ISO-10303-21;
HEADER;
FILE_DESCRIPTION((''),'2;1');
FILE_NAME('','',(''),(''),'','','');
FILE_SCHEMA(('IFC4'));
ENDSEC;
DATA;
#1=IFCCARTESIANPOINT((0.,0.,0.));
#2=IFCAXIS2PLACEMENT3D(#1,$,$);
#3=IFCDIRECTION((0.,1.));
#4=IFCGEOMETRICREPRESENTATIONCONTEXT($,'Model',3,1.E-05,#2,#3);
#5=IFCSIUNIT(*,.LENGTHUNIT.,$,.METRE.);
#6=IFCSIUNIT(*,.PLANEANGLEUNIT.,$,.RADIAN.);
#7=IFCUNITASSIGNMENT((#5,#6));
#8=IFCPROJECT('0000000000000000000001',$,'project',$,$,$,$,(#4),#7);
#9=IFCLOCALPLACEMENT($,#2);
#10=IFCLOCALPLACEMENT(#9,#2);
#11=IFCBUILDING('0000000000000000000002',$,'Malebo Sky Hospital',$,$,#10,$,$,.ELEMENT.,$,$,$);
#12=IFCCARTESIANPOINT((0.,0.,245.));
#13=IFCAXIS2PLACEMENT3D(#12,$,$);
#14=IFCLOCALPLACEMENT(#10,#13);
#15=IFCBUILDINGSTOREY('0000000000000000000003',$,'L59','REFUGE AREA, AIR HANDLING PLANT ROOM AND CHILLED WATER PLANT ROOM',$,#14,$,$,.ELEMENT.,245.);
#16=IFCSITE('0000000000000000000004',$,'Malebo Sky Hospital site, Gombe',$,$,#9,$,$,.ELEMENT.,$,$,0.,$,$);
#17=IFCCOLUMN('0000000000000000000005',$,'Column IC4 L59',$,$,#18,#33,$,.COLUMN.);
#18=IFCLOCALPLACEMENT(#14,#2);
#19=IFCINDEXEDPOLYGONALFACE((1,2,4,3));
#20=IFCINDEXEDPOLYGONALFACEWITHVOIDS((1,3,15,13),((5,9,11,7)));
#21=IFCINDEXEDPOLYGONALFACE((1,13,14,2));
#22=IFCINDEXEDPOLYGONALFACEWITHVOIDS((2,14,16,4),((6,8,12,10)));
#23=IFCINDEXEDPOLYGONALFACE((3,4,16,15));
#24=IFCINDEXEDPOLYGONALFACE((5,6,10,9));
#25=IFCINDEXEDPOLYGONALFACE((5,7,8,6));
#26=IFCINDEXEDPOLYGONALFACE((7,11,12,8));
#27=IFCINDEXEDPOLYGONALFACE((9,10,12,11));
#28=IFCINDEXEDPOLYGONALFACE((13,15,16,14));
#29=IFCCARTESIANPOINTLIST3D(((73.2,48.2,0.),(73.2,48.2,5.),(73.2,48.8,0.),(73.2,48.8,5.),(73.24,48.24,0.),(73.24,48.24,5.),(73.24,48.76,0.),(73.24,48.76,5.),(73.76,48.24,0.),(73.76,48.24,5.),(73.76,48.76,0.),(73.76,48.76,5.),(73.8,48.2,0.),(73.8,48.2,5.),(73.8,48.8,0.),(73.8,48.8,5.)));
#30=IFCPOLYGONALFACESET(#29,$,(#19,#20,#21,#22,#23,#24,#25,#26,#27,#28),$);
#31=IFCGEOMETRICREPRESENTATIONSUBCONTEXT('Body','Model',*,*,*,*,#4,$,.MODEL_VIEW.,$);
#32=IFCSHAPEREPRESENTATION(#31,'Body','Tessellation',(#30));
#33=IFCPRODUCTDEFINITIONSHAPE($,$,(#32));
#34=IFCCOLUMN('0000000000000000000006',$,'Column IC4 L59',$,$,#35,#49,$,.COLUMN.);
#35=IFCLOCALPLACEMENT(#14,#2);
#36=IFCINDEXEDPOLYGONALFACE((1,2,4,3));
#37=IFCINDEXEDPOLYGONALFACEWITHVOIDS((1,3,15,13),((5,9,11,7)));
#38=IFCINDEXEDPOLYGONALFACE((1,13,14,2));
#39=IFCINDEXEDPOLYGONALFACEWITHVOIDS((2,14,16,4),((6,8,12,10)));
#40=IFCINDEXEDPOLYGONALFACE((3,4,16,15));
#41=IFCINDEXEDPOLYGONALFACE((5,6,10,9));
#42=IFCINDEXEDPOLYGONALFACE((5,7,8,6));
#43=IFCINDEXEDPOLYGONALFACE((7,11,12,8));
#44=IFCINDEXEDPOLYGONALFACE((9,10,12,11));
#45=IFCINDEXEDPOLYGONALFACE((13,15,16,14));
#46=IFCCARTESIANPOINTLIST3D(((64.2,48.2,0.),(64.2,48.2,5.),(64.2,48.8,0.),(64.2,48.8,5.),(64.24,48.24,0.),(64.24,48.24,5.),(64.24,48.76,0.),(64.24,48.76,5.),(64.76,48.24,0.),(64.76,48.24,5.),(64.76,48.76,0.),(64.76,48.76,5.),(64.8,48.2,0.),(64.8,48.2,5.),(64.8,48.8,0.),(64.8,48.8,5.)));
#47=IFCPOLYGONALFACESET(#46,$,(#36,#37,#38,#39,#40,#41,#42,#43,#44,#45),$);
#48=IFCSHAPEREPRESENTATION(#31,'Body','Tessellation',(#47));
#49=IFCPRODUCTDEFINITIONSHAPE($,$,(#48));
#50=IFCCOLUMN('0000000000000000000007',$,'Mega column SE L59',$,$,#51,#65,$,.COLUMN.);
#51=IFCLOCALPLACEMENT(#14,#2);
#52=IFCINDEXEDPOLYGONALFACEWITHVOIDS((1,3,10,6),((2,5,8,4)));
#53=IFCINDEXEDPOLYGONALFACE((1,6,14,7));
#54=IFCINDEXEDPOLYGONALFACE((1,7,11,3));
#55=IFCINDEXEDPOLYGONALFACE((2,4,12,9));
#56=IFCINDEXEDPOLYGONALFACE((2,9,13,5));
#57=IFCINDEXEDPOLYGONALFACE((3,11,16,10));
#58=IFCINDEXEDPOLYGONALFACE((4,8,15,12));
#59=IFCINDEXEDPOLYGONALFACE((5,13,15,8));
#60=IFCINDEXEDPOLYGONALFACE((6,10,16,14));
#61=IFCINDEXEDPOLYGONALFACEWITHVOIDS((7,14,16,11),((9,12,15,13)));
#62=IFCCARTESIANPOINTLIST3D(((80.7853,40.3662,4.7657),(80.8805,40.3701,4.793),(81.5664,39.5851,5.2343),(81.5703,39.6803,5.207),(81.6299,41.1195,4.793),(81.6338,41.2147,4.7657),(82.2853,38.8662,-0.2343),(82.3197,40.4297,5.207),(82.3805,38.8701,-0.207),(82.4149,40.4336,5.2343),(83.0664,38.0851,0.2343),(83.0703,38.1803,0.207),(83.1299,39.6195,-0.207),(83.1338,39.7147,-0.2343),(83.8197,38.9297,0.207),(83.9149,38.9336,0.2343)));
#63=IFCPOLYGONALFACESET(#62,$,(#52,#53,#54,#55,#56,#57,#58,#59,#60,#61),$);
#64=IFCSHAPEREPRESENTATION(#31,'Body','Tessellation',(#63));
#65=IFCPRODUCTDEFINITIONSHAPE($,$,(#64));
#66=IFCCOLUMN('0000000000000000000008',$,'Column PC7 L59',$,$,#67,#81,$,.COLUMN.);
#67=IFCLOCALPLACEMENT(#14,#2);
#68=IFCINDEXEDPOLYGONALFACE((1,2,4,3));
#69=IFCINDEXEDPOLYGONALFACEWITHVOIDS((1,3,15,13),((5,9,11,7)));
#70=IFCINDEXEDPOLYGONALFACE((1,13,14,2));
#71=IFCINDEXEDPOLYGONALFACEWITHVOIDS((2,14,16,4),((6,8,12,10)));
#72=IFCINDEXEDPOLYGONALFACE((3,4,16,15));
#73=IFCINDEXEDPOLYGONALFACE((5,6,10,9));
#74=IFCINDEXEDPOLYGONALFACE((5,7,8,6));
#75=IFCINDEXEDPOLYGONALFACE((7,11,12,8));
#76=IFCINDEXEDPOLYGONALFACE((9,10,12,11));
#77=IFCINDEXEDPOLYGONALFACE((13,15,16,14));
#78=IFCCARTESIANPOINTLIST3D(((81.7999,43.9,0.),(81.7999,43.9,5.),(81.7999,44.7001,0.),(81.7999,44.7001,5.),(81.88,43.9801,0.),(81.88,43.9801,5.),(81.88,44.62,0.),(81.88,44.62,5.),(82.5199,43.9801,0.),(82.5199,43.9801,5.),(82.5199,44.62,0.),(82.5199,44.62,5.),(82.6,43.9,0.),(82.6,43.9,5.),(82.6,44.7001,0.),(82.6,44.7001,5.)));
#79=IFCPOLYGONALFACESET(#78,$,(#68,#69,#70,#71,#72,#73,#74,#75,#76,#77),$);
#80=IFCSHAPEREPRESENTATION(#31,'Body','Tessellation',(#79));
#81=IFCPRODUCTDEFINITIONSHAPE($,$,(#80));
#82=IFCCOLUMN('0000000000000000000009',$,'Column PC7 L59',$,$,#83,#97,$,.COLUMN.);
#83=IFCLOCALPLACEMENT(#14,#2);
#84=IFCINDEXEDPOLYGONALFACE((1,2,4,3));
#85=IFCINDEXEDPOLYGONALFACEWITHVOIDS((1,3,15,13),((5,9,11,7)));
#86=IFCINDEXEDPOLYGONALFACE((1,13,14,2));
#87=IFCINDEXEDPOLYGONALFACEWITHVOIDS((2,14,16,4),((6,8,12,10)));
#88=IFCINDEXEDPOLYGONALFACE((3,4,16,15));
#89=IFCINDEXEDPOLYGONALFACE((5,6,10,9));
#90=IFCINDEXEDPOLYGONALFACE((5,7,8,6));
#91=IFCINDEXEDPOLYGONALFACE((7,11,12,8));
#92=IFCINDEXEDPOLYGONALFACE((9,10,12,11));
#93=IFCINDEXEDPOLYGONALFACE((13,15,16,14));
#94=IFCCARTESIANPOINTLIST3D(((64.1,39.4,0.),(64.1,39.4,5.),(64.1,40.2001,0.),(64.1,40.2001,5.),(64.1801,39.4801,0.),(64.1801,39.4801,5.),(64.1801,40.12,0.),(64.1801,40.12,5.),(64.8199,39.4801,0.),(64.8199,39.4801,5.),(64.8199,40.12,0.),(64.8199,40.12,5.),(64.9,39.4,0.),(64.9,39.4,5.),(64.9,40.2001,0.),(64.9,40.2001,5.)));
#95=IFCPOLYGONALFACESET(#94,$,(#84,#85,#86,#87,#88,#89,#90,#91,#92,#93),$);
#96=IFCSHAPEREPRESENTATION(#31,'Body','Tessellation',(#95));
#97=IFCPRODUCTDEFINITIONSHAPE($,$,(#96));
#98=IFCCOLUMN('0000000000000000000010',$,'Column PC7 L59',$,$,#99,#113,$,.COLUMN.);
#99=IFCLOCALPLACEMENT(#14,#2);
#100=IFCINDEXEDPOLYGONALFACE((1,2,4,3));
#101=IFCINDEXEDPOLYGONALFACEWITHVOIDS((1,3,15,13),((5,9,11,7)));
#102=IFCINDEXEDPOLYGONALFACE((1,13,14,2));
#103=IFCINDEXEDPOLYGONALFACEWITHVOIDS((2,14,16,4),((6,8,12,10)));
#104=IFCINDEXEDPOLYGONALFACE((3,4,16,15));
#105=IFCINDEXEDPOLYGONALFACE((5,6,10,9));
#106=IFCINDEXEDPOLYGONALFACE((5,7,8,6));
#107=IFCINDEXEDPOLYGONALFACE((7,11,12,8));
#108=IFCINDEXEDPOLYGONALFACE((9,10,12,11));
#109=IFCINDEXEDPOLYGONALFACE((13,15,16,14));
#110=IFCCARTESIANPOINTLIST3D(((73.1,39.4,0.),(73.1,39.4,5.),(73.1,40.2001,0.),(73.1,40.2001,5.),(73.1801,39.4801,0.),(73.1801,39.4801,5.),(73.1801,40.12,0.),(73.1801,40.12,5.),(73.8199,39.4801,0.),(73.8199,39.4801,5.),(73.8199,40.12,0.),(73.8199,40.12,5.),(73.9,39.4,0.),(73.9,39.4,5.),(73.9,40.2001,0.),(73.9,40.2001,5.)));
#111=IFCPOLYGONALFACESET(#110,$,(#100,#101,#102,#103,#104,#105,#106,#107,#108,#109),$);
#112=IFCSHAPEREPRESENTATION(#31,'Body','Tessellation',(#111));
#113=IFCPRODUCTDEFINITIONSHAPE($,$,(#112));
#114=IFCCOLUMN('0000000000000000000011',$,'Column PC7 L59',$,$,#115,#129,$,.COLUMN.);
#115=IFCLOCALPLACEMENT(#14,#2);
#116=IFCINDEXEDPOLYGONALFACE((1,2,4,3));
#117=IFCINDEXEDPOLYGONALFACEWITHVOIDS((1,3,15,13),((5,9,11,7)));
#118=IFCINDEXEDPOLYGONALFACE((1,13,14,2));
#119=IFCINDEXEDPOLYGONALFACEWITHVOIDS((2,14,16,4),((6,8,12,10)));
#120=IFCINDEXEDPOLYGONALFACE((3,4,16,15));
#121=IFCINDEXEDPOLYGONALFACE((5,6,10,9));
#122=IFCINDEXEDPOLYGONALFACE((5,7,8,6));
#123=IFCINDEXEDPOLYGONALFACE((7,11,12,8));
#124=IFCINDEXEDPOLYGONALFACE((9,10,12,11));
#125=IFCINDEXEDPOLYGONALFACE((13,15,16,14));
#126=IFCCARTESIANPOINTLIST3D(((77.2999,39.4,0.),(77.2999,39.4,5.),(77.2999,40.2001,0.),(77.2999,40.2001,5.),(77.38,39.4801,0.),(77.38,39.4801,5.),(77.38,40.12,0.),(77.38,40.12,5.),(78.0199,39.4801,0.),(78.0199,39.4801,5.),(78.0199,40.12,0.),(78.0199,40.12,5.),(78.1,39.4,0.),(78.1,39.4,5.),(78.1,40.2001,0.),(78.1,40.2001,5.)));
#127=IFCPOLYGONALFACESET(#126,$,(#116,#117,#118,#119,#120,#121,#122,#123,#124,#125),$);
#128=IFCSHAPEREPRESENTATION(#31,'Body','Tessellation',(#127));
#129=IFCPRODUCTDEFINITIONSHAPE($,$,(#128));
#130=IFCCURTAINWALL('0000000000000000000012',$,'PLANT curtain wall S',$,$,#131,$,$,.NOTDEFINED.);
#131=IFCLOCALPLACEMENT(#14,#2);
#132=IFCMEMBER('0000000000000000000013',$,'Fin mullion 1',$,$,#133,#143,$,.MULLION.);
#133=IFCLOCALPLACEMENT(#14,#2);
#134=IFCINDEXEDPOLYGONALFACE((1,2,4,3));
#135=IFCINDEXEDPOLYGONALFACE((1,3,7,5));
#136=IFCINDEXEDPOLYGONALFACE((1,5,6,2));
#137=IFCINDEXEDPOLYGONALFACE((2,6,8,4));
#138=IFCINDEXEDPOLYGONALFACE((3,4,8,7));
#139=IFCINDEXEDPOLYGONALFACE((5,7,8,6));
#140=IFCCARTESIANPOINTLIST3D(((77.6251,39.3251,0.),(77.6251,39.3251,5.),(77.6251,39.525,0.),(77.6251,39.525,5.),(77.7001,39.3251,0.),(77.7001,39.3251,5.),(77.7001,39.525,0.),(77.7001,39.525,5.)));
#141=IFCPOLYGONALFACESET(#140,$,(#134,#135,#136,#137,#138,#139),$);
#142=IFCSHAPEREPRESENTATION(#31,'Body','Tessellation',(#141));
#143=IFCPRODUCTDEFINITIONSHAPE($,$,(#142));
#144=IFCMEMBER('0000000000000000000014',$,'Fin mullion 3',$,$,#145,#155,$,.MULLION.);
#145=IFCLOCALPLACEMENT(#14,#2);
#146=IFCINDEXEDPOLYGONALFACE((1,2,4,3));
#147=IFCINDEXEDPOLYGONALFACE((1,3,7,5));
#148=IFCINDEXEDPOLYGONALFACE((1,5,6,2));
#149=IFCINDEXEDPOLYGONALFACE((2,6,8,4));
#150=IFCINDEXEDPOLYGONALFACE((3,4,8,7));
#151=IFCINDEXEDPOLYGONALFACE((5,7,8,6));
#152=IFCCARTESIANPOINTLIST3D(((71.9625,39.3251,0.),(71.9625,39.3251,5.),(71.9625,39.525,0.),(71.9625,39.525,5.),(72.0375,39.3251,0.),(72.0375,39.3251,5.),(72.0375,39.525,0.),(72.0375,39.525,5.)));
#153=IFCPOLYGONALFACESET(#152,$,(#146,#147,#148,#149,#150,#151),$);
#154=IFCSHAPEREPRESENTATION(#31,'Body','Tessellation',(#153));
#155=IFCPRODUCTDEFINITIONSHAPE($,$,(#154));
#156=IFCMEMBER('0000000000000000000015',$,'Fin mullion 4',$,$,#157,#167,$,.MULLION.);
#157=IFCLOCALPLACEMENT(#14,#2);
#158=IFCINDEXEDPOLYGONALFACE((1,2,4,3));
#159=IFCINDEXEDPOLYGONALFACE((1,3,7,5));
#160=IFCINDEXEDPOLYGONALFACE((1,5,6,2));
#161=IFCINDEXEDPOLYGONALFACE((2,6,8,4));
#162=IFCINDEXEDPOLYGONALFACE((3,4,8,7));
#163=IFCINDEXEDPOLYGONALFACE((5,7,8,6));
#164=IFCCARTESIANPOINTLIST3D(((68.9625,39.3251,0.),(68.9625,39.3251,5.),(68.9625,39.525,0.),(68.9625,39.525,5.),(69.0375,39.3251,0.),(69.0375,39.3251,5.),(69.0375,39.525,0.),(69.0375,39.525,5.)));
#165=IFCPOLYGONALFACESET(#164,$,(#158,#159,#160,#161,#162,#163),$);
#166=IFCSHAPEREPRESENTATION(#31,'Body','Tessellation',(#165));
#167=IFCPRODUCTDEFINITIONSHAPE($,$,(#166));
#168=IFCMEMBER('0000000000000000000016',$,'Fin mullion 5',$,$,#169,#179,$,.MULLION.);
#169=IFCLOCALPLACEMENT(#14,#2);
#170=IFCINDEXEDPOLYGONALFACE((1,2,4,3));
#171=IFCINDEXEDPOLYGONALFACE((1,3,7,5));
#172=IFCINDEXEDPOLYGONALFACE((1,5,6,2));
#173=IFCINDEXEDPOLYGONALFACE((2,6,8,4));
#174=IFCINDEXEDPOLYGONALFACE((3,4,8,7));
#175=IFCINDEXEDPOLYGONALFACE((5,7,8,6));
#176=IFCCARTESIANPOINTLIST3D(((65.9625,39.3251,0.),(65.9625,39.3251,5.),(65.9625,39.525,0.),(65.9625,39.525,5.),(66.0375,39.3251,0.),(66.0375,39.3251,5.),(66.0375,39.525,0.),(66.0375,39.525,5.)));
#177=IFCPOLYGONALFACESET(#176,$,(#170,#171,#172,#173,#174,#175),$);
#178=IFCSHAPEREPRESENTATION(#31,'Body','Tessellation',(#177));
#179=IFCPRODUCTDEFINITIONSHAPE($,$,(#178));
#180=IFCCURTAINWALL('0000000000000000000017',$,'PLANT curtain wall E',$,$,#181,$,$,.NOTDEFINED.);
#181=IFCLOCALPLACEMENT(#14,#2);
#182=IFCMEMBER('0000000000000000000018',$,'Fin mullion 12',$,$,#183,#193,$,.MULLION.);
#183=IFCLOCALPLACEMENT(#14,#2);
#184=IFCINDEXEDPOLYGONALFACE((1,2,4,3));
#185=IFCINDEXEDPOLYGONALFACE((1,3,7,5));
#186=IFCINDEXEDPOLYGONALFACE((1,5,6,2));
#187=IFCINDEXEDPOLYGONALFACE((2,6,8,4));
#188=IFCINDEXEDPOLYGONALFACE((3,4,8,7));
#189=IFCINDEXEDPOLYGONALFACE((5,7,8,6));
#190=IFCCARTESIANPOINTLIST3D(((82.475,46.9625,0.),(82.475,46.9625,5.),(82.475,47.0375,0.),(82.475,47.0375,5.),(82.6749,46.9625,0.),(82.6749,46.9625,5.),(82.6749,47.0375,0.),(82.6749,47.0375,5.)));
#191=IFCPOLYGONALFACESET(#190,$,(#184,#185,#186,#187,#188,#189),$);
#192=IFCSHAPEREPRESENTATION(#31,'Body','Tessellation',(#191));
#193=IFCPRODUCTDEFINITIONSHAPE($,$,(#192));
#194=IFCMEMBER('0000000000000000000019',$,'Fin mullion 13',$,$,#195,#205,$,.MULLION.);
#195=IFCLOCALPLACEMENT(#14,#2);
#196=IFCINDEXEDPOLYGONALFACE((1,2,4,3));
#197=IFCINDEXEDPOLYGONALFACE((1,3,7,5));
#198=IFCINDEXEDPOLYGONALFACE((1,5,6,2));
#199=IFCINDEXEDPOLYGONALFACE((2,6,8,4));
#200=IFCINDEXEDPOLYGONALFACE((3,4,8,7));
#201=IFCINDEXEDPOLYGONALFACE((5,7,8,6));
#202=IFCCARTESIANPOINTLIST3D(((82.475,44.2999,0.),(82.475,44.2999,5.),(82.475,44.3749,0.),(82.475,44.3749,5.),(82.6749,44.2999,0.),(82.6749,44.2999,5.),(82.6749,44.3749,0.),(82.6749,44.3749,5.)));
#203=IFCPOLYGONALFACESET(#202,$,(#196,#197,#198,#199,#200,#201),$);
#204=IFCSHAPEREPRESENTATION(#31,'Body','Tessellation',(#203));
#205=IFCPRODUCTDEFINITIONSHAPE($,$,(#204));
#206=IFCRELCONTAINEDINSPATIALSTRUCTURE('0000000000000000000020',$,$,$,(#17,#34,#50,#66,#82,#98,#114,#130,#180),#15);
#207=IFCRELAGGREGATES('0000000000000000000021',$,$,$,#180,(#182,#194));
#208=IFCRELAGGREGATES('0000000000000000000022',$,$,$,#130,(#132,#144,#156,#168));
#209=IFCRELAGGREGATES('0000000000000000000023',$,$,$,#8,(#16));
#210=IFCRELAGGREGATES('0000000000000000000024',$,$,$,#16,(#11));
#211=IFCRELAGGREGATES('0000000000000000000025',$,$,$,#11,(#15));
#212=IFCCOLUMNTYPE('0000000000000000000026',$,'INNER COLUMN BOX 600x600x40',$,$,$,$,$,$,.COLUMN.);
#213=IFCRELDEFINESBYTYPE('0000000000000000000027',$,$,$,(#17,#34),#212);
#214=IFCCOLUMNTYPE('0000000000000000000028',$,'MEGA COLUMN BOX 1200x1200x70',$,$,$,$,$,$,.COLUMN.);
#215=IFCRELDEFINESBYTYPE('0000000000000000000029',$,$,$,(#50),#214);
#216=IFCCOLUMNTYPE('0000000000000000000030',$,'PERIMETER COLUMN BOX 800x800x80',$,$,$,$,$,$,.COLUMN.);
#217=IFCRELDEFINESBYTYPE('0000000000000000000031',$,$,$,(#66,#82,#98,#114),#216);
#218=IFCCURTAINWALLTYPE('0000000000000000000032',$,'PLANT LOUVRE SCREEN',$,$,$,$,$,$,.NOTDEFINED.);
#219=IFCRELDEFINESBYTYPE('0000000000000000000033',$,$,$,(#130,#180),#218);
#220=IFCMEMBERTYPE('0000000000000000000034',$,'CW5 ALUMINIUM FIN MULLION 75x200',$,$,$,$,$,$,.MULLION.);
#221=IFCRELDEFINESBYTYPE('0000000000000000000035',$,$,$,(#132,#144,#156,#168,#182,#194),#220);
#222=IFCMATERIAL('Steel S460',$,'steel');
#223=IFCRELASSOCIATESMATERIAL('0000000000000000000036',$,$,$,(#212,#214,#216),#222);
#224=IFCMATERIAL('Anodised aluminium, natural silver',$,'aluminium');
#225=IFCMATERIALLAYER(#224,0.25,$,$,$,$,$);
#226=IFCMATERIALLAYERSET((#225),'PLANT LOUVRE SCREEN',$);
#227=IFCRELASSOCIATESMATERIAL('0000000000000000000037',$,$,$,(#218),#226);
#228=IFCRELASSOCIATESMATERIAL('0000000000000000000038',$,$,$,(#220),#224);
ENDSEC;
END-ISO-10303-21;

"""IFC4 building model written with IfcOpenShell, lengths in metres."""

from ifc_helpers import new_model, si_unit, direction, frame, origin, origin_2d, place, context, subcontext, project, spatial, rectangle, hollow_rectangle, extrude, material, layer, layer_set, material_profile, profile_set, type_object, element, aggregate, save


model = new_model("IFC4")

# Units and contexts
model_context = context("Model", 3, precision=1e-05, world=origin(), true_north=direction((0.0, 1.0)))
body_context = subcontext(model_context, "Body", "Model", "MODEL_VIEW")
ifc_project = project(units=[si_unit("LENGTHUNIT", "METRE"), si_unit("PLANEANGLEUNIT", "RADIAN")], contexts=[model_context])

# Site, building, storey
site_placement = place(None, origin())
site = spatial("IfcSite", under=ifc_project, at=site_placement, Name="Malebo Sky Hospital site, Gombe", CompositionType="ELEMENT", RefElevation=0.0)
building_placement = place(site_placement, origin())
building = spatial("IfcBuilding", under=site, at=building_placement, Name="Malebo Sky Hospital", CompositionType="ELEMENT")
storey_placement = place(building_placement, frame((0.0, 0.0, 245.0)))
storey = spatial("IfcBuildingStorey", under=building, at=storey_placement, Name="L59", Description="REFUGE AREA, AIR HANDLING PLANT ROOM AND CHILLED WATER PLANT ROOM", CompositionType="ELEMENT", Elevation=245.0)

# Columns
ifc_material_1 = material(Name="Steel S460", Category="steel")
ifc_material_profile_1 = material_profile(ifc_material_1, hollow_rectangle(XDim=0.6001, YDim=0.6001, WallThickness=0.04, at=origin_2d()), Name="BOX 600x600x40")
ifc_profile_set_1 = profile_set([ifc_material_profile_1], Name="Steel S460")
column_type_1 = type_object("IfcColumnType", Name="INNER COLUMN BOX 600x600x40", PredefinedType="COLUMN", material=ifc_profile_set_1)
for number, where, z_axis, x_axis, name in (
    (1, (73.5, 48.5, 0.0), (0.0, 0.0, 1.0), (1.0, 0.0, 0.0), "Column IC4 L59"),
    (2, (64.5, 48.5, 0.0), (0.0, 0.0, 1.0), (1.0, 0.0, 0.0), "Column IC4 L59"),
):
    element("IfcColumn", number, at=place(storey_placement, frame(where, z_axis=z_axis, x_axis=x_axis)), inside=storey, type_object=column_type_1, Name=name, PredefinedType="COLUMN", context=body_context, shape_type="SweptSolid", body=[
        extrude(hollow_rectangle(XDim=0.6001, YDim=0.6001, WallThickness=0.04, at=origin_2d()), origin(), (0.0, 0.0, 1.0), 5.0),
    ])
ifc_material_profile_2 = material_profile(ifc_material_1, hollow_rectangle(XDim=1.2, YDim=1.2, WallThickness=0.0701, at=origin_2d()), Name="BOX 1200x1200x70")
ifc_profile_set_2 = profile_set([ifc_material_profile_2], Name="Steel S460")
column_type_2 = type_object("IfcColumnType", Name="MEGA COLUMN BOX 1200x1200x70", PredefinedType="COLUMN", material=ifc_profile_set_2)
column_placement = place(storey_placement, frame((83.1001, 38.8999, 0.0), z_axis=(-0.276172, 0.276172, 0.920575), x_axis=(-0.707107, -0.707107, 0.0)))
element("IfcColumn", 3, at=column_placement, inside=storey, type_object=column_type_2, Name="Mega column SE L59", PredefinedType="COLUMN", context=body_context, shape_type="SweptSolid", body=[
    extrude(hollow_rectangle(XDim=1.2, YDim=1.2, WallThickness=0.0701, at=origin_2d()), origin(), (0.0, 0.0, 1.0), 5.4314),
])
ifc_material_profile_3 = material_profile(ifc_material_1, hollow_rectangle(XDim=0.8, YDim=0.8, WallThickness=0.0801, at=origin_2d()), Name="BOX 800x800x80")
ifc_profile_set_3 = profile_set([ifc_material_profile_3], Name="Steel S460")
column_type_3 = type_object("IfcColumnType", Name="PERIMETER COLUMN BOX 800x800x80", PredefinedType="COLUMN", material=ifc_profile_set_3)
for number, where, z_axis, x_axis, name in (
    (4, (82.2, 44.3, 0.0), (0.0, 0.0, 1.0), (1.0, 0.0, 0.0), "Column PC7 L59"),
    (5, (64.5, 39.8, 0.0), (0.0, 0.0, 1.0), (1.0, 0.0, 0.0), "Column PC7 L59"),
    (6, (73.5, 39.8, 0.0), (0.0, 0.0, 1.0), (1.0, 0.0, 0.0), "Column PC7 L59"),
    (7, (77.7, 39.8, 0.0), (0.0, 0.0, 1.0), (1.0, 0.0, 0.0), "Column PC7 L59"),
):
    element("IfcColumn", number, at=place(storey_placement, frame(where, z_axis=z_axis, x_axis=x_axis)), inside=storey, type_object=column_type_3, Name=name, PredefinedType="COLUMN", context=body_context, shape_type="SweptSolid", body=[
        extrude(hollow_rectangle(XDim=0.8, YDim=0.8, WallThickness=0.0801, at=origin_2d()), origin(), (0.0, 0.0, 1.0), 5.0),
    ])

# Curtain walls, members
ifc_material_2 = material(Name="Anodised aluminium, natural silver", Category="aluminium")
ifc_layer_1 = layer(ifc_material_2, 0.25)
ifc_layer_set_1 = layer_set([ifc_layer_1], Name="PLANT LOUVRE SCREEN")
curtain_wall_type = type_object("IfcCurtainWallType", Name="PLANT LOUVRE SCREEN", PredefinedType="NOTDEFINED", material=ifc_layer_set_1)
curtain_wall_1_placement = place(storey_placement, origin())
curtain_wall_1 = element("IfcCurtainWall", 8, at=curtain_wall_1_placement, inside=storey, type_object=curtain_wall_type, Name="PLANT curtain wall S", PredefinedType="NOTDEFINED")
ifc_material_profile_4 = material_profile(ifc_material_2, rectangle(XDim=0.075, YDim=0.2, at=origin_2d()), Name="CW5 ALUMINIUM FIN MULLION 75x200")
ifc_profile_set_4 = profile_set([ifc_material_profile_4], Name="Anodised aluminium, natural silver")
member_type_1 = type_object("IfcMemberType", Name="CW5 ALUMINIUM FIN MULLION 75x200", PredefinedType="MULLION", material=ifc_profile_set_4)
member_1_placement = place(storey_placement, frame((77.6626, 39.425, 0.0), z_axis=(0.0, 0.0, 1.0), x_axis=(-1.0, 0.0, 0.0)))
member_1 = element("IfcMember", 9, at=member_1_placement, type_object=member_type_1, Name="Fin mullion 1", PredefinedType="MULLION", context=body_context, shape_type="SweptSolid", body=[
    extrude(rectangle(XDim=0.075, YDim=0.2, at=origin_2d()), origin(), (0.0, 0.0, 1.0), 5.0),
])
member_2_placement = place(storey_placement, frame((72.0, 39.425, 0.0), z_axis=(0.0, 0.0, 1.0), x_axis=(-1.0, 0.0, 0.0)))
member_2 = element("IfcMember", 10, at=member_2_placement, type_object=member_type_1, Name="Fin mullion 3", PredefinedType="MULLION", context=body_context, shape_type="SweptSolid", body=[
    extrude(rectangle(XDim=0.075, YDim=0.2, at=origin_2d()), origin(), (0.0, 0.0, 1.0), 5.0),
])
member_3_placement = place(storey_placement, frame((69.0, 39.425, 0.0), z_axis=(0.0, 0.0, 1.0), x_axis=(-1.0, 0.0, 0.0)))
member_3 = element("IfcMember", 11, at=member_3_placement, type_object=member_type_1, Name="Fin mullion 4", PredefinedType="MULLION", context=body_context, shape_type="SweptSolid", body=[
    extrude(rectangle(XDim=0.075, YDim=0.2, at=origin_2d()), origin(), (0.0, 0.0, 1.0), 5.0),
])
member_4_placement = place(storey_placement, frame((66.0, 39.425, 0.0), z_axis=(0.0, 0.0, 1.0), x_axis=(-1.0, 0.0, 0.0)))
member_4 = element("IfcMember", 12, at=member_4_placement, type_object=member_type_1, Name="Fin mullion 5", PredefinedType="MULLION", context=body_context, shape_type="SweptSolid", body=[
    extrude(rectangle(XDim=0.075, YDim=0.2, at=origin_2d()), origin(), (0.0, 0.0, 1.0), 5.0),
])
curtain_wall_2_placement = place(storey_placement, origin())
curtain_wall_2 = element("IfcCurtainWall", 13, at=curtain_wall_2_placement, inside=storey, type_object=curtain_wall_type, Name="PLANT curtain wall E", PredefinedType="NOTDEFINED")
member_5_placement = place(storey_placement, frame((82.575, 47.0, 0.0), z_axis=(0.0, 0.0, 1.0), x_axis=(0.0, -1.0, 0.0)))
member_5 = element("IfcMember", 14, at=member_5_placement, type_object=member_type_1, Name="Fin mullion 12", PredefinedType="MULLION", context=body_context, shape_type="SweptSolid", body=[
    extrude(rectangle(XDim=0.075, YDim=0.2, at=origin_2d()), origin(), (0.0, 0.0, 1.0), 5.0),
])
member_6_placement = place(storey_placement, frame((82.575, 44.3374, 0.0), z_axis=(0.0, 0.0, 1.0), x_axis=(0.0, -1.0, 0.0)))
member_6 = element("IfcMember", 15, at=member_6_placement, type_object=member_type_1, Name="Fin mullion 13", PredefinedType="MULLION", context=body_context, shape_type="SweptSolid", body=[
    extrude(rectangle(XDim=0.075, YDim=0.2, at=origin_2d()), origin(), (0.0, 0.0, 1.0), 5.0),
])
aggregate(curtain_wall_2, [member_5, member_6])

aggregate(curtain_wall_1, [member_1, member_2, member_3, member_4])

save(model, "model.ifc")
